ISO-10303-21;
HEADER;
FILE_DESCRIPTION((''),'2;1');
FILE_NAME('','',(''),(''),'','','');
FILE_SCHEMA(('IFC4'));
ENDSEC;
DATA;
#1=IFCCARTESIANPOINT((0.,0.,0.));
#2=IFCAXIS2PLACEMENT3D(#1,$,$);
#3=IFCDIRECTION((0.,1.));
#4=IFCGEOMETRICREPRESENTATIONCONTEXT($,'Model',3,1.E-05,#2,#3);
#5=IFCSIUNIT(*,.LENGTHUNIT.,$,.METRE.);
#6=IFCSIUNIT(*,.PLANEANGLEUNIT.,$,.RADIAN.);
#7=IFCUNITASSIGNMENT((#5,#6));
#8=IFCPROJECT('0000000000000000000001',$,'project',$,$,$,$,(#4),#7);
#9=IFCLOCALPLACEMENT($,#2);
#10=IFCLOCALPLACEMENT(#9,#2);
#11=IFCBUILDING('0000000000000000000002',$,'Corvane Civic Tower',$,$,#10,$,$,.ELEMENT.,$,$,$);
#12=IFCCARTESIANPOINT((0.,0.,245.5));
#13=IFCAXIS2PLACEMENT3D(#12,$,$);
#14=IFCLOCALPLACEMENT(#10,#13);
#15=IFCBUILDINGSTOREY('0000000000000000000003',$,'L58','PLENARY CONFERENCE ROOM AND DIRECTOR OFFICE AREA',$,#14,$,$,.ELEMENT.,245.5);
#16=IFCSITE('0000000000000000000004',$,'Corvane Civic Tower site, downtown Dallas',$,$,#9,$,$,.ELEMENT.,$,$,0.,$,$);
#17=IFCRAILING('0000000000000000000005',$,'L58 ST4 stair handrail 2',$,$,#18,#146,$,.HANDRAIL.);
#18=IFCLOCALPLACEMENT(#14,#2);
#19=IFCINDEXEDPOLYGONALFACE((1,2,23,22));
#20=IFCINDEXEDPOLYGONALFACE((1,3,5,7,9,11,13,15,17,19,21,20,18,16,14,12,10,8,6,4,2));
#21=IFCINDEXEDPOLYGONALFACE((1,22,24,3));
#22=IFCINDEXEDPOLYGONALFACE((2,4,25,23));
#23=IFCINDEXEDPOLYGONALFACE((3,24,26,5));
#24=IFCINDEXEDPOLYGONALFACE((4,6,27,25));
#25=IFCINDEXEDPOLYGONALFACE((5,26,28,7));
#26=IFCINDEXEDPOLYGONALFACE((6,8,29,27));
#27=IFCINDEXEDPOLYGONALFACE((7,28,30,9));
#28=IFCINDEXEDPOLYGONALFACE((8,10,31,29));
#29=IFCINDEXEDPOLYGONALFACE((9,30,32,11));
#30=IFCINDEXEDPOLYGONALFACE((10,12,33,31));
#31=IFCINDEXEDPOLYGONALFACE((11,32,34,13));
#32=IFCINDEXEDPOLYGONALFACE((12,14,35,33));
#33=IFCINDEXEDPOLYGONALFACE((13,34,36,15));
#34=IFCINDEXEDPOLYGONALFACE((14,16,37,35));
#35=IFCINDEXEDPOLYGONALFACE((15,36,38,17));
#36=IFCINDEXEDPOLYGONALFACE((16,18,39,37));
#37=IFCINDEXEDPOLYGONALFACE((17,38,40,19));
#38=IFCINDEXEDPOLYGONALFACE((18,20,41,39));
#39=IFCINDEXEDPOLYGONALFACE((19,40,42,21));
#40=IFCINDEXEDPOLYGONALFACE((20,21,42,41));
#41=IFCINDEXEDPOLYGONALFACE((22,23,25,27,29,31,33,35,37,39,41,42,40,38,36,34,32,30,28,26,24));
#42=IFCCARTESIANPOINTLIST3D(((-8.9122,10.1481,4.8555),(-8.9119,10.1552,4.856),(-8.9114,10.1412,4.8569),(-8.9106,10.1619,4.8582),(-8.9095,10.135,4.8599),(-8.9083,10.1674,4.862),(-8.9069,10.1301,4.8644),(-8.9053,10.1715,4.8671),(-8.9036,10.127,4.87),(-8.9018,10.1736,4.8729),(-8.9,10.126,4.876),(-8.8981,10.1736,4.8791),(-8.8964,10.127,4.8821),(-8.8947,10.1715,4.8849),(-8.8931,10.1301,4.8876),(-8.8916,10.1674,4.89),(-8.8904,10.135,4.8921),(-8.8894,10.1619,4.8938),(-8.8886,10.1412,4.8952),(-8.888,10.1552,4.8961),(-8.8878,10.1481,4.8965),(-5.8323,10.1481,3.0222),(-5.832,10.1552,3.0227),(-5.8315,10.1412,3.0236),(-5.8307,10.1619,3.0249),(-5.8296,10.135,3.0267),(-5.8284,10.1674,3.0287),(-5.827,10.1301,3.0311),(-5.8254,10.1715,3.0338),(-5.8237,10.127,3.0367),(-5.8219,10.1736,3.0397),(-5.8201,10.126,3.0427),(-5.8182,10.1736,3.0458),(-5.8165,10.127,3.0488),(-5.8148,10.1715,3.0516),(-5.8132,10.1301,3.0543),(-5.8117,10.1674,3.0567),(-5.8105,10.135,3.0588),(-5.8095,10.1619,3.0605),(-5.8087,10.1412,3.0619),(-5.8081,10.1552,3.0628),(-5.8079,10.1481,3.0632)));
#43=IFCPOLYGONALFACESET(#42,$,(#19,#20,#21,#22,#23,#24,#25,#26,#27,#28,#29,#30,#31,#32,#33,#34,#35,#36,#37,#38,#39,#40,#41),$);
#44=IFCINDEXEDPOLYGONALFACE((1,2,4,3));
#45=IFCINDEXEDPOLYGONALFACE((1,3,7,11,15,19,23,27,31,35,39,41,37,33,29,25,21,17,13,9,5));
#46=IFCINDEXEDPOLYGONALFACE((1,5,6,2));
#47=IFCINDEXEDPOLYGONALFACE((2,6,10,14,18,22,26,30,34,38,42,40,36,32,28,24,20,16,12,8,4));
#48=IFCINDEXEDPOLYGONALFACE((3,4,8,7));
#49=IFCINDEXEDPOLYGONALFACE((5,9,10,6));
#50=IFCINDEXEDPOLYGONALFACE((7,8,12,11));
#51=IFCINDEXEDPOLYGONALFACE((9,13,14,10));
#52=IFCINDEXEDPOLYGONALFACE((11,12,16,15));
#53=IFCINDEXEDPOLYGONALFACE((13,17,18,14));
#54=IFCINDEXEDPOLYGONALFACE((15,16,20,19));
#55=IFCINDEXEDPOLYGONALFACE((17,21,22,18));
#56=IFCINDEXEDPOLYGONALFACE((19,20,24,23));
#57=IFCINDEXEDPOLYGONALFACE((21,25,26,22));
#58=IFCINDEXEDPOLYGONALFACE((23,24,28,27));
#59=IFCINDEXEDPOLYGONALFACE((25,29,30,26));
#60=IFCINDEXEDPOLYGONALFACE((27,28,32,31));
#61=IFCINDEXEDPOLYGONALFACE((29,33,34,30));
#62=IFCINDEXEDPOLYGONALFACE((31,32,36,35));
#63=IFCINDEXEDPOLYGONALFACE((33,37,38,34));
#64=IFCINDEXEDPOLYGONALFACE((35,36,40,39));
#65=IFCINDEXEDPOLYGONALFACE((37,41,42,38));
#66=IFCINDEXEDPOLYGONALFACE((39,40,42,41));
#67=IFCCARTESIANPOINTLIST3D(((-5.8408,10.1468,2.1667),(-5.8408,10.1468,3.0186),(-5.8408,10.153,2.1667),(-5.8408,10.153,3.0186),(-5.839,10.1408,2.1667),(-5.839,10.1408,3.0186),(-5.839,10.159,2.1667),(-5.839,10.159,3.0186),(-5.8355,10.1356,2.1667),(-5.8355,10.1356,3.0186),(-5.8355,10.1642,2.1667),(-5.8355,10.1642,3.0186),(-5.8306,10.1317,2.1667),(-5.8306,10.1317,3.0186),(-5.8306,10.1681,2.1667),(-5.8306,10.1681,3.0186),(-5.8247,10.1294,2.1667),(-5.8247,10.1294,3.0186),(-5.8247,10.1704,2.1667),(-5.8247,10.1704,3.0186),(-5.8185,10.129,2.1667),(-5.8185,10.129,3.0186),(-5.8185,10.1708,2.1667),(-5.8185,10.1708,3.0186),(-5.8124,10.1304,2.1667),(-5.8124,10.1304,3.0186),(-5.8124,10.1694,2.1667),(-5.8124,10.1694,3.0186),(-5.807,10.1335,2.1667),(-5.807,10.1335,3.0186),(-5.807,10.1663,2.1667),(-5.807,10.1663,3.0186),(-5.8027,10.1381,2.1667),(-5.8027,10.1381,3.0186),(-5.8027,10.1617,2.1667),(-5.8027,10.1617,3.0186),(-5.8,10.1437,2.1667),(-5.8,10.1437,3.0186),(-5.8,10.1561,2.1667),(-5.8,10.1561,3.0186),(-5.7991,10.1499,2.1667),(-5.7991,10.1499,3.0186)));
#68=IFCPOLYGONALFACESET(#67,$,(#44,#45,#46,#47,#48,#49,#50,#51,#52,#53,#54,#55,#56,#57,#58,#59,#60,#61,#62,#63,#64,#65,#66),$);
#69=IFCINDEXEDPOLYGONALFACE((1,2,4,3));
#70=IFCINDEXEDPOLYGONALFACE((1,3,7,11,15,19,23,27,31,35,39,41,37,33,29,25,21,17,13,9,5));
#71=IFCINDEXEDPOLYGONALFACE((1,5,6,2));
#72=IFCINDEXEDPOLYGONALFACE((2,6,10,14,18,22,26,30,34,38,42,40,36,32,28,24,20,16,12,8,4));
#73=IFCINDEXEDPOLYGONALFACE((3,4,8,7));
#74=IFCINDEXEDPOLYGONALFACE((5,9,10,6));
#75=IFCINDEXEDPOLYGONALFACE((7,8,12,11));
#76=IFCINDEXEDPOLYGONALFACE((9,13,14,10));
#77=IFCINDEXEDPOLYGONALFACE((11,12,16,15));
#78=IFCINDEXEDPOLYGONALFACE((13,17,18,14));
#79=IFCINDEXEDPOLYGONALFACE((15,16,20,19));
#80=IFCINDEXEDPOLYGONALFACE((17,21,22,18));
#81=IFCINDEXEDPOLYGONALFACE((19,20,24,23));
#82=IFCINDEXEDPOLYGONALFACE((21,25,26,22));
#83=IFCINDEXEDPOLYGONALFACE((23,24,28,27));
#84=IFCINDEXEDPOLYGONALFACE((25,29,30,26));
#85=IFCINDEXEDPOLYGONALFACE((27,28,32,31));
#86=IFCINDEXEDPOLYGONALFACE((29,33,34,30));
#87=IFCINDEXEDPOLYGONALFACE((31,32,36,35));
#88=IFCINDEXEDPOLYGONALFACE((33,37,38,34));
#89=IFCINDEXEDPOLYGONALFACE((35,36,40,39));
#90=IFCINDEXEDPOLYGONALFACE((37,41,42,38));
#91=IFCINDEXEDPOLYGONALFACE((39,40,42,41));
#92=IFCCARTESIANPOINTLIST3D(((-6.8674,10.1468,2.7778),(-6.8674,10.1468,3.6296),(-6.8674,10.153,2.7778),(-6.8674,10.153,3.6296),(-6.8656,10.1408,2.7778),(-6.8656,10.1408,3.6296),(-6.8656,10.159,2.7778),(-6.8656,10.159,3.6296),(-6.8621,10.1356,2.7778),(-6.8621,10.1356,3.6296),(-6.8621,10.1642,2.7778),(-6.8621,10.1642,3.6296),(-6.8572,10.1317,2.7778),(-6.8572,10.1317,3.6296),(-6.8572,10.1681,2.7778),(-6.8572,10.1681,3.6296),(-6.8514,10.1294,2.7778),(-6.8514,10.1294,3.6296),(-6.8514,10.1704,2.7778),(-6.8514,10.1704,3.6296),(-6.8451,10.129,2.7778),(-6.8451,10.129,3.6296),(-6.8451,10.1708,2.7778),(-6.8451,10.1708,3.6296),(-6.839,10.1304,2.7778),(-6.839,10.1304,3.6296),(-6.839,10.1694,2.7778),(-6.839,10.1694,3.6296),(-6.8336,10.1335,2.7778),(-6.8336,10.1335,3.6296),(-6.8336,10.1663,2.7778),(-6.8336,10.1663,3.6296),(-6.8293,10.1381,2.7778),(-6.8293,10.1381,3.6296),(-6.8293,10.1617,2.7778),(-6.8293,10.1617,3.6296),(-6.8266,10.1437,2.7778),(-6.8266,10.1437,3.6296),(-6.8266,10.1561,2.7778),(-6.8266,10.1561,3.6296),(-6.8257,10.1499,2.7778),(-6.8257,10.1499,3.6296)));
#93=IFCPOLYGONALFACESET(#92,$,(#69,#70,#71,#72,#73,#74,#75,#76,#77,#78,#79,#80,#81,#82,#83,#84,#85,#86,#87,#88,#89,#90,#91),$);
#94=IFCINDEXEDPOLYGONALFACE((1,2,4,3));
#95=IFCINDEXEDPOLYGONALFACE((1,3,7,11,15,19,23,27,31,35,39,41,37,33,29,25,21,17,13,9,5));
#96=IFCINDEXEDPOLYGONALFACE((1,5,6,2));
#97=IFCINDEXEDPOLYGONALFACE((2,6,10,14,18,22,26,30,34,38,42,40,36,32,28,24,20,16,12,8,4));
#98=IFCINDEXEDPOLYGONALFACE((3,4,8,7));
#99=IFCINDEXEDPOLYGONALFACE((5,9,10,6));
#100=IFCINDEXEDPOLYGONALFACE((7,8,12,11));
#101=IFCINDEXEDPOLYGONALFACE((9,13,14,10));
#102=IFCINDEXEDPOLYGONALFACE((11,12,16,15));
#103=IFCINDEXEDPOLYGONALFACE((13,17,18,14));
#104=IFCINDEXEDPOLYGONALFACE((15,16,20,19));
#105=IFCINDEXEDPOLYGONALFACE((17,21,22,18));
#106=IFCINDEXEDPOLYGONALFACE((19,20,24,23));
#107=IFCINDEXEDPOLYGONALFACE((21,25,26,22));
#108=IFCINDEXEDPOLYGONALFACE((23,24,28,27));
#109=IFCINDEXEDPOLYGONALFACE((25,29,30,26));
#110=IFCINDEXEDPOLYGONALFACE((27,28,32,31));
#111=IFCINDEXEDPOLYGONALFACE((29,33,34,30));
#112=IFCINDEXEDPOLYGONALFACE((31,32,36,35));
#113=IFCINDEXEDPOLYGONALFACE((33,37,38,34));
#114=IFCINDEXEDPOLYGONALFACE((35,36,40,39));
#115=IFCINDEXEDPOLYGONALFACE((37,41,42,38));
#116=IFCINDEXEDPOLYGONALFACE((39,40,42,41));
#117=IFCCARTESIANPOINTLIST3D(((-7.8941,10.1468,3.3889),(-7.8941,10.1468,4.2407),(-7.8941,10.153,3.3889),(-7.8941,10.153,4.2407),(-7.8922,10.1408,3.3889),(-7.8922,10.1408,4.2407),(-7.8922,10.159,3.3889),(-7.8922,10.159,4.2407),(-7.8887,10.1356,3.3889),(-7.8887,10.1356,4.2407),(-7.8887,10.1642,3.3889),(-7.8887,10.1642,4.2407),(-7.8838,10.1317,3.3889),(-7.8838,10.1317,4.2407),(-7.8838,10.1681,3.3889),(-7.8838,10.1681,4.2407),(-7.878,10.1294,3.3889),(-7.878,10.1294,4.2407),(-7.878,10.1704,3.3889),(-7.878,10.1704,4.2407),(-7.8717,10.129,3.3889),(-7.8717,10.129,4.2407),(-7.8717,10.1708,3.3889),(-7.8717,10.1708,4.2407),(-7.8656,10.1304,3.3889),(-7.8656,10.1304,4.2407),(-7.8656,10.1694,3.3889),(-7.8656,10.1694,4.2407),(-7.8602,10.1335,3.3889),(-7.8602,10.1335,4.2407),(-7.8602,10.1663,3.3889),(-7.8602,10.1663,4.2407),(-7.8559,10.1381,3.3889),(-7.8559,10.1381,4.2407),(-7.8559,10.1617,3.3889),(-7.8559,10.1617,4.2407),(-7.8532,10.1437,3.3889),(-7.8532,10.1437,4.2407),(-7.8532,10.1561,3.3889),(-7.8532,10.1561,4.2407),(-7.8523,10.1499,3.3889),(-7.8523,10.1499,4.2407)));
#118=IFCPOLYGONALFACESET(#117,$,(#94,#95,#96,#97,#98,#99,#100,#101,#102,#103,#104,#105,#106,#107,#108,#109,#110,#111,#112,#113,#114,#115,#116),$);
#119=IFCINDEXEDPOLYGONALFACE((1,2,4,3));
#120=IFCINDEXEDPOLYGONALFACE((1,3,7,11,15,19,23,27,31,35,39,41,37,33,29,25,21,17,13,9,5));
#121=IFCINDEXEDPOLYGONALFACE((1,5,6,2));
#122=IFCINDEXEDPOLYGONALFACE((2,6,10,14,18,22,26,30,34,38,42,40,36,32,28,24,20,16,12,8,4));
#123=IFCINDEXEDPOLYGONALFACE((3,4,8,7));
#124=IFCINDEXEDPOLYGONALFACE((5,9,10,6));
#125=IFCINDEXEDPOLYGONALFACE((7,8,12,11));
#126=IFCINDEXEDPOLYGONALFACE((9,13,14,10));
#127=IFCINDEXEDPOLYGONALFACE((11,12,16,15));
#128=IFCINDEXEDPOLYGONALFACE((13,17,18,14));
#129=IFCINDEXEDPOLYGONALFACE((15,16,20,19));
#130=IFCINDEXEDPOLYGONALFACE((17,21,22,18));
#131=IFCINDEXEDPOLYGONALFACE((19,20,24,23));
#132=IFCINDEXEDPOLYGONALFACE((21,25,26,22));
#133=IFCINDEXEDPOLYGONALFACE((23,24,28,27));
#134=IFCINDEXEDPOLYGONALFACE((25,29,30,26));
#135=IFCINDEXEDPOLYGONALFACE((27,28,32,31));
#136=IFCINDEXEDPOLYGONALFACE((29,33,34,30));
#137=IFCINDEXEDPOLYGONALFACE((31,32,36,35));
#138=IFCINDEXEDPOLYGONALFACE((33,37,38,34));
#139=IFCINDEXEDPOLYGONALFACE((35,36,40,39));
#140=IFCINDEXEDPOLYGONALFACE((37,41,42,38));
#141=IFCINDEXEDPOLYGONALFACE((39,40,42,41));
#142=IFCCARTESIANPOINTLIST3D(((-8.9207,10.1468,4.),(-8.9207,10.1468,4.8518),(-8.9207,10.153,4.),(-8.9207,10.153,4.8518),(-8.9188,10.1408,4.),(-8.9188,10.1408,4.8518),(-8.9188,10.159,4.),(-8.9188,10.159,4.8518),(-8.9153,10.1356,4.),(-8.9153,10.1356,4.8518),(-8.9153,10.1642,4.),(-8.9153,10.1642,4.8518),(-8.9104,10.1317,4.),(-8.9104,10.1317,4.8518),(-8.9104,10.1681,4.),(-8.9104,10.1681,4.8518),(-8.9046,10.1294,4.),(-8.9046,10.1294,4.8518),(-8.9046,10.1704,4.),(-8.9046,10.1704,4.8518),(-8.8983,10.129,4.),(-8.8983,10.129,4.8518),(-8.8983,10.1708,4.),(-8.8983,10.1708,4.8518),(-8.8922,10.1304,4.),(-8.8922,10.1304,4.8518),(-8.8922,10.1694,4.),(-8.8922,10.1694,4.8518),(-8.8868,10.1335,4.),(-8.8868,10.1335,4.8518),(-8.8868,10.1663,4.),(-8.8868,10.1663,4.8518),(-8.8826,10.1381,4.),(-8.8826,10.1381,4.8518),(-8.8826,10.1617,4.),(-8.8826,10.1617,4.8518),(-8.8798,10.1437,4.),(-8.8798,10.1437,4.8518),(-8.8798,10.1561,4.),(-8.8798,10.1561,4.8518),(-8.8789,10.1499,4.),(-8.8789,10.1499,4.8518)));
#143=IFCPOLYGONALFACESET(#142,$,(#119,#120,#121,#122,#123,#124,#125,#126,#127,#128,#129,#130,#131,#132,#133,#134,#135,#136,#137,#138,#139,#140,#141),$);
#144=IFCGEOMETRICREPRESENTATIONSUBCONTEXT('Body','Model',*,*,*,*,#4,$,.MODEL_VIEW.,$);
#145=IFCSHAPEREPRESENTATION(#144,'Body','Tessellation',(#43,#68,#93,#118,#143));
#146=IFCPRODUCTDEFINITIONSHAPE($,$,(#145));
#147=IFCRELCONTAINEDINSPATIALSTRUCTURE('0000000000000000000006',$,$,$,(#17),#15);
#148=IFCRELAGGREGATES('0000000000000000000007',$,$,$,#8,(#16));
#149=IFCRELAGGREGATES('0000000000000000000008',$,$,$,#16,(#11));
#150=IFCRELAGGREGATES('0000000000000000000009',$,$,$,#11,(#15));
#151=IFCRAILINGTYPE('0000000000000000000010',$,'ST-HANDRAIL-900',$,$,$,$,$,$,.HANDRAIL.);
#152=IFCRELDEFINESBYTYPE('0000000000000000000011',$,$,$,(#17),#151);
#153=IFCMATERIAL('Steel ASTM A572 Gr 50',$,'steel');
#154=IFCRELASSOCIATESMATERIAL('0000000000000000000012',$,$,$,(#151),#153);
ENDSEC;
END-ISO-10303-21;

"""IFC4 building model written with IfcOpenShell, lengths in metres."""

from ifc_helpers import new_model, si_unit, direction, frame, origin, origin_2d, place, context, subcontext, project, spatial, circle, extrude, material, type_object, element, save


model = new_model("IFC4")

# Units and contexts
model_context = context("Model", 3, precision=1e-05, world=origin(), true_north=direction((0.0, 1.0)))
body_context = subcontext(model_context, "Body", "Model", "MODEL_VIEW")
ifc_project = project(units=[si_unit("LENGTHUNIT", "METRE"), si_unit("PLANEANGLEUNIT", "RADIAN")], contexts=[model_context])

# Site, building, storey
site_placement = place(None, origin())
site = spatial("IfcSite", under=ifc_project, at=site_placement, Name="Corvane Civic Tower site, downtown Dallas", CompositionType="ELEMENT", RefElevation=0.0)
building_placement = place(site_placement, origin())
building = spatial("IfcBuilding", under=site, at=building_placement, Name="Corvane Civic Tower", CompositionType="ELEMENT")
storey_placement = place(building_placement, frame((0.0, 0.0, 245.5)))
storey = spatial("IfcBuildingStorey", under=building, at=storey_placement, Name="L58", Description="PLENARY CONFERENCE ROOM AND DIRECTOR OFFICE AREA", CompositionType="ELEMENT", Elevation=245.5)

# Railing
ifc_material_1 = material(Name="Steel ASTM A572 Gr 50", Category="steel")
railing_type_1 = type_object("IfcRailingType", Name="ST-HANDRAIL-900", PredefinedType="HANDRAIL", material=ifc_material_1)
railing_1_placement = place(storey_placement, frame((-5.8201, 10.1499, 2.1667)))
element("IfcRailing", 1, at=railing_1_placement, inside=storey, type_object=railing_type_1, Name="L58 ST4 stair handrail 2", PredefinedType="HANDRAIL", context=body_context, shape_type="SweptSolid", body=[
    extrude(circle(Radius=0.0239, at=origin_2d()), frame((0.0, 0.0, 0.876), z_axis=(-0.859291, 0.0, 0.511487), x_axis=(0.0, -1.0, 0.0)), (0.0, 0.0, 1.0), 3.5842),
    extrude(circle(Radius=0.021, at=origin_2d()), origin(), (0.0, 0.0, 1.0), 0.8518),
    extrude(circle(Radius=0.021, at=origin_2d()), frame((-1.0266, 0.0, 0.6111)), (0.0, 0.0, 1.0), 0.8518),
    extrude(circle(Radius=0.021, at=origin_2d()), frame((-2.0532, 0.0, 1.2222)), (0.0, 0.0, 1.0), 0.8518),
    extrude(circle(Radius=0.021, at=origin_2d()), frame((-3.0798, 0.0, 1.8333)), (0.0, 0.0, 1.0), 0.8518),
])

save(model, "model.ifc")
